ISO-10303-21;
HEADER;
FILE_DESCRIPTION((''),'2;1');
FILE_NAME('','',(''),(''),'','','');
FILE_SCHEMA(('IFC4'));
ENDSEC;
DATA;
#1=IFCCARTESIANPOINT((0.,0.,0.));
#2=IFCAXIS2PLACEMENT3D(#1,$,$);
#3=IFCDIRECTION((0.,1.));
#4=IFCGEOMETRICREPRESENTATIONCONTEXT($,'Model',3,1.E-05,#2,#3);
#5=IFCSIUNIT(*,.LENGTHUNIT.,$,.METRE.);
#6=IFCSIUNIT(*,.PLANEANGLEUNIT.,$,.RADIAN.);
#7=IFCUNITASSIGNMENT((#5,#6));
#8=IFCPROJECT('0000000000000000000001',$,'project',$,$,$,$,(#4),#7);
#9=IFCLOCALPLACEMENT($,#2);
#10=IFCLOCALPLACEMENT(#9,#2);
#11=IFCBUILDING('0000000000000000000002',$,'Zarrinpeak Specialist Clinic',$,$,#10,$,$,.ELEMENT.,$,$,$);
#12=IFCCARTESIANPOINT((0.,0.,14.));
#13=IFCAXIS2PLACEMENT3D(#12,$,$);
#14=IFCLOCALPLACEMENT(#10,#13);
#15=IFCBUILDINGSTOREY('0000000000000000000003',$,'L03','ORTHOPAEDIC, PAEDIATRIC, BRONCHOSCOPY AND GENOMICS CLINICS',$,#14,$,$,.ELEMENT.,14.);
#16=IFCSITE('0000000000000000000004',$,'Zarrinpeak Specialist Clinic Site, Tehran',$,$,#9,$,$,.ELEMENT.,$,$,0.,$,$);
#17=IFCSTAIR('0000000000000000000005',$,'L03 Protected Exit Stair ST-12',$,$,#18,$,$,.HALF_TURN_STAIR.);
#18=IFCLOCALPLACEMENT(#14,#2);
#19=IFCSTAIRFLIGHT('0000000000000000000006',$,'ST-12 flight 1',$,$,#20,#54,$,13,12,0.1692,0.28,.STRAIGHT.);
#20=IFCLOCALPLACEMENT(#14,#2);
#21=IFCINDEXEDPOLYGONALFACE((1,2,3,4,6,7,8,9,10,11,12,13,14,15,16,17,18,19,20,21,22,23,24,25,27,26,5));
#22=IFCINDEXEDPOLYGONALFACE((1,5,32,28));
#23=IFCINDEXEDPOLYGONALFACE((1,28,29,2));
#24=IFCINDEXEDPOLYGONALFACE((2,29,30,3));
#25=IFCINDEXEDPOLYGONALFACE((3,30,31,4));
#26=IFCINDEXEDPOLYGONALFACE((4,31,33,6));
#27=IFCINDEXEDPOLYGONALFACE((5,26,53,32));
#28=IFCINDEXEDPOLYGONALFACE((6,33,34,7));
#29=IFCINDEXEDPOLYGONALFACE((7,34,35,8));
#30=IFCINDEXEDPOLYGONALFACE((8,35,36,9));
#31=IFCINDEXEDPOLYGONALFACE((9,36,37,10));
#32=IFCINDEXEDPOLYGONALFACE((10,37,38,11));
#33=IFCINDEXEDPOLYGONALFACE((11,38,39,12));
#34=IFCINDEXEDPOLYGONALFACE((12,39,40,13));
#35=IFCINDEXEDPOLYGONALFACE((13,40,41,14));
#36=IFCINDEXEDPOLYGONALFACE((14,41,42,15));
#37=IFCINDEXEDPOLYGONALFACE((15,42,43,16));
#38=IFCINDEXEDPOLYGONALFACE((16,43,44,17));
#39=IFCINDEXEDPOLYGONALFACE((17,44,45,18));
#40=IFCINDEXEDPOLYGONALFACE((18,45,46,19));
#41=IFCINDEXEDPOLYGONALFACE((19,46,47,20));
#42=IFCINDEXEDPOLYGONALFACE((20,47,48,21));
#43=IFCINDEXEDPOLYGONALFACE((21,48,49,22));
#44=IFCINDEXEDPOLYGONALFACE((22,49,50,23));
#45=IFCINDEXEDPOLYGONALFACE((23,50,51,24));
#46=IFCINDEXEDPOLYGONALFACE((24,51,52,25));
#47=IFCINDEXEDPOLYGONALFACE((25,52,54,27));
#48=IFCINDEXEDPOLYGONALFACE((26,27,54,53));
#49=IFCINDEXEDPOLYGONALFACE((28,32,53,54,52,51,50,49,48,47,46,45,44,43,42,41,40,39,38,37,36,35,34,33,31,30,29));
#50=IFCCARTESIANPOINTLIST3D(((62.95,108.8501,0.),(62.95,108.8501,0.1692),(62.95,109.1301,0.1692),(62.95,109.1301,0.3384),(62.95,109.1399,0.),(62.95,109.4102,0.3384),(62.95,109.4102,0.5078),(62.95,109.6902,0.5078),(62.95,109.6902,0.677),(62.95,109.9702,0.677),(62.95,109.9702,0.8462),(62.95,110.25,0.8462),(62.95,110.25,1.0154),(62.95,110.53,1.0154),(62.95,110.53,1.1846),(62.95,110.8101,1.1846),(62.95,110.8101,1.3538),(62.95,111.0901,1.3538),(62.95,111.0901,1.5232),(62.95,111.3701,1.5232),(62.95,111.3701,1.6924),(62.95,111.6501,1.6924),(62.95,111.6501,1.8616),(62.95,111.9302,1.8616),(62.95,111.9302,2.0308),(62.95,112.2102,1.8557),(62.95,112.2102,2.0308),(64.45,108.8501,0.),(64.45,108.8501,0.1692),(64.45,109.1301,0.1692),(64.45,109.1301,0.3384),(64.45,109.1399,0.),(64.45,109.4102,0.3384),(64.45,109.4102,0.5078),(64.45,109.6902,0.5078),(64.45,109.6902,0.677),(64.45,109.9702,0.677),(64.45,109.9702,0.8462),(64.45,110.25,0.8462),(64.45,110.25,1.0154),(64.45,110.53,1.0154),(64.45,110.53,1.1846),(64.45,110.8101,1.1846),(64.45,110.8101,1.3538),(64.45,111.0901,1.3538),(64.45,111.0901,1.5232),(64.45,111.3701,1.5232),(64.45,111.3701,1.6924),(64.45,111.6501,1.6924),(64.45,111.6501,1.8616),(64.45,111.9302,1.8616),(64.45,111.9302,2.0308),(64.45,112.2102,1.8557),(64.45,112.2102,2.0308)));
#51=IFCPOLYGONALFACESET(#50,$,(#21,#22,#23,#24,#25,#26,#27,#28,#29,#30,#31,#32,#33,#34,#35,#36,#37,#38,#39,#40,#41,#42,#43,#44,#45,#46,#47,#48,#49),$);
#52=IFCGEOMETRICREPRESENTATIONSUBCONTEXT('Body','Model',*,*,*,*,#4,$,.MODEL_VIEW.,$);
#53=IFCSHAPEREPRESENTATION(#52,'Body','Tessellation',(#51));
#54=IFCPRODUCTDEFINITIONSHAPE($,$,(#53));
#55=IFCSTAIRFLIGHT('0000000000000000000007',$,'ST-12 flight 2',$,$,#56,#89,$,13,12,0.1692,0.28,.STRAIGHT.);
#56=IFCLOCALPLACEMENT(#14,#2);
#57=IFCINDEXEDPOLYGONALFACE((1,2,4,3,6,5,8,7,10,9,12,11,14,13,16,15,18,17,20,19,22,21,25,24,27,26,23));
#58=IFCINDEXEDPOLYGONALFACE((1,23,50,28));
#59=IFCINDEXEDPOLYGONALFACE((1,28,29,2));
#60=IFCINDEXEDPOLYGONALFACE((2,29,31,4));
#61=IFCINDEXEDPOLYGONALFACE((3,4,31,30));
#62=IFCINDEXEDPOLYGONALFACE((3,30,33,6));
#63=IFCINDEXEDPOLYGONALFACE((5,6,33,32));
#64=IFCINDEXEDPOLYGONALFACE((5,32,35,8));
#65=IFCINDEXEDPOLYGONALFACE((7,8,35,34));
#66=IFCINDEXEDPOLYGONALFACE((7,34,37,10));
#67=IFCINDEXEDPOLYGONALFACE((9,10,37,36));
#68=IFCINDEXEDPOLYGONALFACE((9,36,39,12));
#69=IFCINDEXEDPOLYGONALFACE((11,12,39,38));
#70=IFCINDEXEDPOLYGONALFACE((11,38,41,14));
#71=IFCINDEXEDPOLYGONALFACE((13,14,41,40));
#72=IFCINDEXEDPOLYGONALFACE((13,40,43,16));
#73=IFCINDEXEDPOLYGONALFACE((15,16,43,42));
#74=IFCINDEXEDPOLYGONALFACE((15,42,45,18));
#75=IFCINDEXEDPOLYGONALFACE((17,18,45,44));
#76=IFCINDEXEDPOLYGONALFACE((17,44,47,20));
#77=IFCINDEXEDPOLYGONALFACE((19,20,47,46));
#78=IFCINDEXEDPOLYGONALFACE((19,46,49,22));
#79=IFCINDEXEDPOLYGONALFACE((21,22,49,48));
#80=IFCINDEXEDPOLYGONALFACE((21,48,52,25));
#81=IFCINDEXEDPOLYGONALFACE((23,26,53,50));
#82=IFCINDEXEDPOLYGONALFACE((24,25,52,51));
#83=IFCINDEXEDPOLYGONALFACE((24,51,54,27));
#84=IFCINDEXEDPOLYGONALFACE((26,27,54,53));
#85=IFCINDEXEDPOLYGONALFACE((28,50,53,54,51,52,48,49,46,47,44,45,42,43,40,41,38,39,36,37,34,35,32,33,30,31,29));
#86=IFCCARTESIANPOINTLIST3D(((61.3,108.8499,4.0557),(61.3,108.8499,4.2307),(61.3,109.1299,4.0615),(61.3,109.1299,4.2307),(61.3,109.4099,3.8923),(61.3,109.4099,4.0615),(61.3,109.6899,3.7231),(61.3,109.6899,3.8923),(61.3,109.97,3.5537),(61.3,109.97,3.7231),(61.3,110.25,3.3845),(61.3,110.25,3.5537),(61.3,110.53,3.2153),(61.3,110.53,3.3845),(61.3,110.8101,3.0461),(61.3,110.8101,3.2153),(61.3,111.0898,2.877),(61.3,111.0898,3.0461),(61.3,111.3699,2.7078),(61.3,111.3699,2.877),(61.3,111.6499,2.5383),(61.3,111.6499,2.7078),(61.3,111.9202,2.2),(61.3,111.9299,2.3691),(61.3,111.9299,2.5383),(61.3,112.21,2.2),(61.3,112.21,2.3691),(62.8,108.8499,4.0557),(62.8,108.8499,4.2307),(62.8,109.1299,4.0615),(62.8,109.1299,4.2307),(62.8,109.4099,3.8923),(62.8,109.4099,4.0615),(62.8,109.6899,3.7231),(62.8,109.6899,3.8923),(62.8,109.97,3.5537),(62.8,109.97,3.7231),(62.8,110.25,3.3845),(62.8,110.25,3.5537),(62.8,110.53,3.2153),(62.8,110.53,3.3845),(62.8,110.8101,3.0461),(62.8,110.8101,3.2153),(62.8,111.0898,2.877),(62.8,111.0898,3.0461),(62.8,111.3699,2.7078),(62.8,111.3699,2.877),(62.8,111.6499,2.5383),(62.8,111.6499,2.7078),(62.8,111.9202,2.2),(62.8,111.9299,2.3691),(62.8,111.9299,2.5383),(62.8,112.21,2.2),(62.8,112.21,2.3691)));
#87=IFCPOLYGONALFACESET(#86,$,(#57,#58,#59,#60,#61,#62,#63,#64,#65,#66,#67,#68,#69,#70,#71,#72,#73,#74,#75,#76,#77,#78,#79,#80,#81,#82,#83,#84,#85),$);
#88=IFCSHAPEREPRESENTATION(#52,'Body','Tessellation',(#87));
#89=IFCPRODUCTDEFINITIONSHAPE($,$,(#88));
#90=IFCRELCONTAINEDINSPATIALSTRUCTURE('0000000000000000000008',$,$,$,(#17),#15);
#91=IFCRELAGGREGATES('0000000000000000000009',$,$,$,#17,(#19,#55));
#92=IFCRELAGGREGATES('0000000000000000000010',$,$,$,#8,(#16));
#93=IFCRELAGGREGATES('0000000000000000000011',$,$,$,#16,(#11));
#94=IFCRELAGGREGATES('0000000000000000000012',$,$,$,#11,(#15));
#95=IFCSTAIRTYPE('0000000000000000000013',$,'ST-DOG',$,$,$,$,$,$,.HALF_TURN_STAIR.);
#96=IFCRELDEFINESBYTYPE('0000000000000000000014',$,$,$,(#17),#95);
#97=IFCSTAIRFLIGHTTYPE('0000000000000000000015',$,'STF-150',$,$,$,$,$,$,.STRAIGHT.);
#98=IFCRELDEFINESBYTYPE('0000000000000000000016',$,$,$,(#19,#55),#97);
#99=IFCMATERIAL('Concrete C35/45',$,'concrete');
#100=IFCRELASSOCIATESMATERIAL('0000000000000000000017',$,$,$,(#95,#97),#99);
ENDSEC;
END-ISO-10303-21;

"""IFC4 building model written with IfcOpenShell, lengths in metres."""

from ifc_helpers import new_model, si_unit, direction, frame, origin, place, context, subcontext, project, spatial, polyline, outline, extrude, material, type_object, element, aggregate, save


model = new_model("IFC4")

# Units and contexts
model_context = context("Model", 3, precision=1e-05, world=origin(), true_north=direction((0.0, 1.0)))
body_context = subcontext(model_context, "Body", "Model", "MODEL_VIEW")
ifc_project = project(units=[si_unit("LENGTHUNIT", "METRE"), si_unit("PLANEANGLEUNIT", "RADIAN")], contexts=[model_context])

# Site, building, storey
site_placement = place(None, origin())
site = spatial("IfcSite", under=ifc_project, at=site_placement, Name="Zarrinpeak Specialist Clinic Site, Tehran", CompositionType="ELEMENT", RefElevation=0.0)
building_placement = place(site_placement, origin())
building = spatial("IfcBuilding", under=site, at=building_placement, Name="Zarrinpeak Specialist Clinic", CompositionType="ELEMENT")
storey_placement = place(building_placement, frame((0.0, 0.0, 14.0)))
storey = spatial("IfcBuildingStorey", under=building, at=storey_placement, Name="L03", Description="ORTHOPAEDIC, PAEDIATRIC, BRONCHOSCOPY AND GENOMICS CLINICS", CompositionType="ELEMENT", Elevation=14.0)

# Stair, stair flights
ifc_material_1 = material(Name="Concrete C35/45", Category="concrete")
stair_type = type_object("IfcStairType", Name="ST-DOG", PredefinedType="HALF_TURN_STAIR", material=ifc_material_1)
stair_placement = place(storey_placement, origin())
stair = element("IfcStair", 1, at=stair_placement, inside=storey, type_object=stair_type, Name="L03 Protected Exit Stair ST-12", PredefinedType="HALF_TURN_STAIR")
stair_flight_type = type_object("IfcStairFlightType", Name="STF-150", PredefinedType="STRAIGHT", material=ifc_material_1)
stair_flight_1_placement = place(storey_placement, frame((63.7, 108.8501, 0.0), z_axis=(0.0, 0.0, 1.0), x_axis=(0.0, 1.0, 0.0)))
stair_flight_1 = element("IfcStairFlight", 2, at=stair_flight_1_placement, type_object=stair_flight_type, Name="ST-12 flight 1", NumberOfRisers=13, NumberOfTreads=12, PredefinedType="STRAIGHT", RiserHeight=0.1692, TreadLength=0.28, context=body_context, shape_type="SweptSolid", body=[
    extrude(outline(polyline([(0.0, 0.0), (0.0, 0.1692), (0.28, 0.1692), (0.28, 0.3384), (0.5601, 0.3384), (0.5601, 0.5078), (0.8401, 0.5078), (0.8401, 0.677), (1.1201, 0.677), (1.1201, 0.8462), (1.3999, 0.8462), (1.3999, 1.0154), (1.6799, 1.0154), (1.6799, 1.1846), (1.96, 1.1846), (1.96, 1.3538), (2.24, 1.3538), (2.24, 1.5232), (2.52, 1.5232), (2.52, 1.6924), (2.8, 1.6924), (2.8, 1.8616), (3.0801, 1.8616), (3.0801, 2.0308), (3.3601, 2.0308), (3.3601, 2.2), (3.3601, 1.8557), (0.2898, 0.0), (0.0, 0.0)])), frame((0.0, 0.75, 0.0), z_axis=(0.0, -1.0, 0.0), x_axis=(1.0, 0.0, 0.0)), (0.0, 0.0, 1.0), 1.5),
])
stair_flight_2_placement = place(storey_placement, frame((62.05, 112.21, 2.2), z_axis=(0.0, 0.0, 1.0), x_axis=(0.0, -1.0, 0.0)))
stair_flight_2 = element("IfcStairFlight", 3, at=stair_flight_2_placement, type_object=stair_flight_type, Name="ST-12 flight 2", NumberOfRisers=13, NumberOfTreads=12, PredefinedType="STRAIGHT", RiserHeight=0.1692, TreadLength=0.28, context=body_context, shape_type="SweptSolid", body=[
    extrude(outline(polyline([(0.0, 0.0), (0.0, 0.1692), (0.28, 0.1692), (0.28, 0.3384), (0.5601, 0.3384), (0.5601, 0.5078), (0.8401, 0.5078), (0.8401, 0.677), (1.1201, 0.677), (1.1201, 0.8462), (1.3999, 0.8462), (1.3999, 1.0154), (1.6799, 1.0154), (1.6799, 1.1846), (1.96, 1.1846), (1.96, 1.3538), (2.24, 1.3538), (2.24, 1.5232), (2.52, 1.5232), (2.52, 1.6924), (2.8, 1.6924), (2.8, 1.8616), (3.0801, 1.8616), (3.0801, 2.0308), (3.3601, 2.0308), (3.3601, 2.2), (3.3601, 1.8557), (0.2898, 0.0), (0.0, 0.0)])), frame((0.0, 0.75, 0.0), z_axis=(0.0, -1.0, 0.0), x_axis=(1.0, 0.0, 0.0)), (0.0, 0.0, 1.0), 1.5),
])
aggregate(stair, [stair_flight_1, stair_flight_2])

save(model, "model.ifc")
